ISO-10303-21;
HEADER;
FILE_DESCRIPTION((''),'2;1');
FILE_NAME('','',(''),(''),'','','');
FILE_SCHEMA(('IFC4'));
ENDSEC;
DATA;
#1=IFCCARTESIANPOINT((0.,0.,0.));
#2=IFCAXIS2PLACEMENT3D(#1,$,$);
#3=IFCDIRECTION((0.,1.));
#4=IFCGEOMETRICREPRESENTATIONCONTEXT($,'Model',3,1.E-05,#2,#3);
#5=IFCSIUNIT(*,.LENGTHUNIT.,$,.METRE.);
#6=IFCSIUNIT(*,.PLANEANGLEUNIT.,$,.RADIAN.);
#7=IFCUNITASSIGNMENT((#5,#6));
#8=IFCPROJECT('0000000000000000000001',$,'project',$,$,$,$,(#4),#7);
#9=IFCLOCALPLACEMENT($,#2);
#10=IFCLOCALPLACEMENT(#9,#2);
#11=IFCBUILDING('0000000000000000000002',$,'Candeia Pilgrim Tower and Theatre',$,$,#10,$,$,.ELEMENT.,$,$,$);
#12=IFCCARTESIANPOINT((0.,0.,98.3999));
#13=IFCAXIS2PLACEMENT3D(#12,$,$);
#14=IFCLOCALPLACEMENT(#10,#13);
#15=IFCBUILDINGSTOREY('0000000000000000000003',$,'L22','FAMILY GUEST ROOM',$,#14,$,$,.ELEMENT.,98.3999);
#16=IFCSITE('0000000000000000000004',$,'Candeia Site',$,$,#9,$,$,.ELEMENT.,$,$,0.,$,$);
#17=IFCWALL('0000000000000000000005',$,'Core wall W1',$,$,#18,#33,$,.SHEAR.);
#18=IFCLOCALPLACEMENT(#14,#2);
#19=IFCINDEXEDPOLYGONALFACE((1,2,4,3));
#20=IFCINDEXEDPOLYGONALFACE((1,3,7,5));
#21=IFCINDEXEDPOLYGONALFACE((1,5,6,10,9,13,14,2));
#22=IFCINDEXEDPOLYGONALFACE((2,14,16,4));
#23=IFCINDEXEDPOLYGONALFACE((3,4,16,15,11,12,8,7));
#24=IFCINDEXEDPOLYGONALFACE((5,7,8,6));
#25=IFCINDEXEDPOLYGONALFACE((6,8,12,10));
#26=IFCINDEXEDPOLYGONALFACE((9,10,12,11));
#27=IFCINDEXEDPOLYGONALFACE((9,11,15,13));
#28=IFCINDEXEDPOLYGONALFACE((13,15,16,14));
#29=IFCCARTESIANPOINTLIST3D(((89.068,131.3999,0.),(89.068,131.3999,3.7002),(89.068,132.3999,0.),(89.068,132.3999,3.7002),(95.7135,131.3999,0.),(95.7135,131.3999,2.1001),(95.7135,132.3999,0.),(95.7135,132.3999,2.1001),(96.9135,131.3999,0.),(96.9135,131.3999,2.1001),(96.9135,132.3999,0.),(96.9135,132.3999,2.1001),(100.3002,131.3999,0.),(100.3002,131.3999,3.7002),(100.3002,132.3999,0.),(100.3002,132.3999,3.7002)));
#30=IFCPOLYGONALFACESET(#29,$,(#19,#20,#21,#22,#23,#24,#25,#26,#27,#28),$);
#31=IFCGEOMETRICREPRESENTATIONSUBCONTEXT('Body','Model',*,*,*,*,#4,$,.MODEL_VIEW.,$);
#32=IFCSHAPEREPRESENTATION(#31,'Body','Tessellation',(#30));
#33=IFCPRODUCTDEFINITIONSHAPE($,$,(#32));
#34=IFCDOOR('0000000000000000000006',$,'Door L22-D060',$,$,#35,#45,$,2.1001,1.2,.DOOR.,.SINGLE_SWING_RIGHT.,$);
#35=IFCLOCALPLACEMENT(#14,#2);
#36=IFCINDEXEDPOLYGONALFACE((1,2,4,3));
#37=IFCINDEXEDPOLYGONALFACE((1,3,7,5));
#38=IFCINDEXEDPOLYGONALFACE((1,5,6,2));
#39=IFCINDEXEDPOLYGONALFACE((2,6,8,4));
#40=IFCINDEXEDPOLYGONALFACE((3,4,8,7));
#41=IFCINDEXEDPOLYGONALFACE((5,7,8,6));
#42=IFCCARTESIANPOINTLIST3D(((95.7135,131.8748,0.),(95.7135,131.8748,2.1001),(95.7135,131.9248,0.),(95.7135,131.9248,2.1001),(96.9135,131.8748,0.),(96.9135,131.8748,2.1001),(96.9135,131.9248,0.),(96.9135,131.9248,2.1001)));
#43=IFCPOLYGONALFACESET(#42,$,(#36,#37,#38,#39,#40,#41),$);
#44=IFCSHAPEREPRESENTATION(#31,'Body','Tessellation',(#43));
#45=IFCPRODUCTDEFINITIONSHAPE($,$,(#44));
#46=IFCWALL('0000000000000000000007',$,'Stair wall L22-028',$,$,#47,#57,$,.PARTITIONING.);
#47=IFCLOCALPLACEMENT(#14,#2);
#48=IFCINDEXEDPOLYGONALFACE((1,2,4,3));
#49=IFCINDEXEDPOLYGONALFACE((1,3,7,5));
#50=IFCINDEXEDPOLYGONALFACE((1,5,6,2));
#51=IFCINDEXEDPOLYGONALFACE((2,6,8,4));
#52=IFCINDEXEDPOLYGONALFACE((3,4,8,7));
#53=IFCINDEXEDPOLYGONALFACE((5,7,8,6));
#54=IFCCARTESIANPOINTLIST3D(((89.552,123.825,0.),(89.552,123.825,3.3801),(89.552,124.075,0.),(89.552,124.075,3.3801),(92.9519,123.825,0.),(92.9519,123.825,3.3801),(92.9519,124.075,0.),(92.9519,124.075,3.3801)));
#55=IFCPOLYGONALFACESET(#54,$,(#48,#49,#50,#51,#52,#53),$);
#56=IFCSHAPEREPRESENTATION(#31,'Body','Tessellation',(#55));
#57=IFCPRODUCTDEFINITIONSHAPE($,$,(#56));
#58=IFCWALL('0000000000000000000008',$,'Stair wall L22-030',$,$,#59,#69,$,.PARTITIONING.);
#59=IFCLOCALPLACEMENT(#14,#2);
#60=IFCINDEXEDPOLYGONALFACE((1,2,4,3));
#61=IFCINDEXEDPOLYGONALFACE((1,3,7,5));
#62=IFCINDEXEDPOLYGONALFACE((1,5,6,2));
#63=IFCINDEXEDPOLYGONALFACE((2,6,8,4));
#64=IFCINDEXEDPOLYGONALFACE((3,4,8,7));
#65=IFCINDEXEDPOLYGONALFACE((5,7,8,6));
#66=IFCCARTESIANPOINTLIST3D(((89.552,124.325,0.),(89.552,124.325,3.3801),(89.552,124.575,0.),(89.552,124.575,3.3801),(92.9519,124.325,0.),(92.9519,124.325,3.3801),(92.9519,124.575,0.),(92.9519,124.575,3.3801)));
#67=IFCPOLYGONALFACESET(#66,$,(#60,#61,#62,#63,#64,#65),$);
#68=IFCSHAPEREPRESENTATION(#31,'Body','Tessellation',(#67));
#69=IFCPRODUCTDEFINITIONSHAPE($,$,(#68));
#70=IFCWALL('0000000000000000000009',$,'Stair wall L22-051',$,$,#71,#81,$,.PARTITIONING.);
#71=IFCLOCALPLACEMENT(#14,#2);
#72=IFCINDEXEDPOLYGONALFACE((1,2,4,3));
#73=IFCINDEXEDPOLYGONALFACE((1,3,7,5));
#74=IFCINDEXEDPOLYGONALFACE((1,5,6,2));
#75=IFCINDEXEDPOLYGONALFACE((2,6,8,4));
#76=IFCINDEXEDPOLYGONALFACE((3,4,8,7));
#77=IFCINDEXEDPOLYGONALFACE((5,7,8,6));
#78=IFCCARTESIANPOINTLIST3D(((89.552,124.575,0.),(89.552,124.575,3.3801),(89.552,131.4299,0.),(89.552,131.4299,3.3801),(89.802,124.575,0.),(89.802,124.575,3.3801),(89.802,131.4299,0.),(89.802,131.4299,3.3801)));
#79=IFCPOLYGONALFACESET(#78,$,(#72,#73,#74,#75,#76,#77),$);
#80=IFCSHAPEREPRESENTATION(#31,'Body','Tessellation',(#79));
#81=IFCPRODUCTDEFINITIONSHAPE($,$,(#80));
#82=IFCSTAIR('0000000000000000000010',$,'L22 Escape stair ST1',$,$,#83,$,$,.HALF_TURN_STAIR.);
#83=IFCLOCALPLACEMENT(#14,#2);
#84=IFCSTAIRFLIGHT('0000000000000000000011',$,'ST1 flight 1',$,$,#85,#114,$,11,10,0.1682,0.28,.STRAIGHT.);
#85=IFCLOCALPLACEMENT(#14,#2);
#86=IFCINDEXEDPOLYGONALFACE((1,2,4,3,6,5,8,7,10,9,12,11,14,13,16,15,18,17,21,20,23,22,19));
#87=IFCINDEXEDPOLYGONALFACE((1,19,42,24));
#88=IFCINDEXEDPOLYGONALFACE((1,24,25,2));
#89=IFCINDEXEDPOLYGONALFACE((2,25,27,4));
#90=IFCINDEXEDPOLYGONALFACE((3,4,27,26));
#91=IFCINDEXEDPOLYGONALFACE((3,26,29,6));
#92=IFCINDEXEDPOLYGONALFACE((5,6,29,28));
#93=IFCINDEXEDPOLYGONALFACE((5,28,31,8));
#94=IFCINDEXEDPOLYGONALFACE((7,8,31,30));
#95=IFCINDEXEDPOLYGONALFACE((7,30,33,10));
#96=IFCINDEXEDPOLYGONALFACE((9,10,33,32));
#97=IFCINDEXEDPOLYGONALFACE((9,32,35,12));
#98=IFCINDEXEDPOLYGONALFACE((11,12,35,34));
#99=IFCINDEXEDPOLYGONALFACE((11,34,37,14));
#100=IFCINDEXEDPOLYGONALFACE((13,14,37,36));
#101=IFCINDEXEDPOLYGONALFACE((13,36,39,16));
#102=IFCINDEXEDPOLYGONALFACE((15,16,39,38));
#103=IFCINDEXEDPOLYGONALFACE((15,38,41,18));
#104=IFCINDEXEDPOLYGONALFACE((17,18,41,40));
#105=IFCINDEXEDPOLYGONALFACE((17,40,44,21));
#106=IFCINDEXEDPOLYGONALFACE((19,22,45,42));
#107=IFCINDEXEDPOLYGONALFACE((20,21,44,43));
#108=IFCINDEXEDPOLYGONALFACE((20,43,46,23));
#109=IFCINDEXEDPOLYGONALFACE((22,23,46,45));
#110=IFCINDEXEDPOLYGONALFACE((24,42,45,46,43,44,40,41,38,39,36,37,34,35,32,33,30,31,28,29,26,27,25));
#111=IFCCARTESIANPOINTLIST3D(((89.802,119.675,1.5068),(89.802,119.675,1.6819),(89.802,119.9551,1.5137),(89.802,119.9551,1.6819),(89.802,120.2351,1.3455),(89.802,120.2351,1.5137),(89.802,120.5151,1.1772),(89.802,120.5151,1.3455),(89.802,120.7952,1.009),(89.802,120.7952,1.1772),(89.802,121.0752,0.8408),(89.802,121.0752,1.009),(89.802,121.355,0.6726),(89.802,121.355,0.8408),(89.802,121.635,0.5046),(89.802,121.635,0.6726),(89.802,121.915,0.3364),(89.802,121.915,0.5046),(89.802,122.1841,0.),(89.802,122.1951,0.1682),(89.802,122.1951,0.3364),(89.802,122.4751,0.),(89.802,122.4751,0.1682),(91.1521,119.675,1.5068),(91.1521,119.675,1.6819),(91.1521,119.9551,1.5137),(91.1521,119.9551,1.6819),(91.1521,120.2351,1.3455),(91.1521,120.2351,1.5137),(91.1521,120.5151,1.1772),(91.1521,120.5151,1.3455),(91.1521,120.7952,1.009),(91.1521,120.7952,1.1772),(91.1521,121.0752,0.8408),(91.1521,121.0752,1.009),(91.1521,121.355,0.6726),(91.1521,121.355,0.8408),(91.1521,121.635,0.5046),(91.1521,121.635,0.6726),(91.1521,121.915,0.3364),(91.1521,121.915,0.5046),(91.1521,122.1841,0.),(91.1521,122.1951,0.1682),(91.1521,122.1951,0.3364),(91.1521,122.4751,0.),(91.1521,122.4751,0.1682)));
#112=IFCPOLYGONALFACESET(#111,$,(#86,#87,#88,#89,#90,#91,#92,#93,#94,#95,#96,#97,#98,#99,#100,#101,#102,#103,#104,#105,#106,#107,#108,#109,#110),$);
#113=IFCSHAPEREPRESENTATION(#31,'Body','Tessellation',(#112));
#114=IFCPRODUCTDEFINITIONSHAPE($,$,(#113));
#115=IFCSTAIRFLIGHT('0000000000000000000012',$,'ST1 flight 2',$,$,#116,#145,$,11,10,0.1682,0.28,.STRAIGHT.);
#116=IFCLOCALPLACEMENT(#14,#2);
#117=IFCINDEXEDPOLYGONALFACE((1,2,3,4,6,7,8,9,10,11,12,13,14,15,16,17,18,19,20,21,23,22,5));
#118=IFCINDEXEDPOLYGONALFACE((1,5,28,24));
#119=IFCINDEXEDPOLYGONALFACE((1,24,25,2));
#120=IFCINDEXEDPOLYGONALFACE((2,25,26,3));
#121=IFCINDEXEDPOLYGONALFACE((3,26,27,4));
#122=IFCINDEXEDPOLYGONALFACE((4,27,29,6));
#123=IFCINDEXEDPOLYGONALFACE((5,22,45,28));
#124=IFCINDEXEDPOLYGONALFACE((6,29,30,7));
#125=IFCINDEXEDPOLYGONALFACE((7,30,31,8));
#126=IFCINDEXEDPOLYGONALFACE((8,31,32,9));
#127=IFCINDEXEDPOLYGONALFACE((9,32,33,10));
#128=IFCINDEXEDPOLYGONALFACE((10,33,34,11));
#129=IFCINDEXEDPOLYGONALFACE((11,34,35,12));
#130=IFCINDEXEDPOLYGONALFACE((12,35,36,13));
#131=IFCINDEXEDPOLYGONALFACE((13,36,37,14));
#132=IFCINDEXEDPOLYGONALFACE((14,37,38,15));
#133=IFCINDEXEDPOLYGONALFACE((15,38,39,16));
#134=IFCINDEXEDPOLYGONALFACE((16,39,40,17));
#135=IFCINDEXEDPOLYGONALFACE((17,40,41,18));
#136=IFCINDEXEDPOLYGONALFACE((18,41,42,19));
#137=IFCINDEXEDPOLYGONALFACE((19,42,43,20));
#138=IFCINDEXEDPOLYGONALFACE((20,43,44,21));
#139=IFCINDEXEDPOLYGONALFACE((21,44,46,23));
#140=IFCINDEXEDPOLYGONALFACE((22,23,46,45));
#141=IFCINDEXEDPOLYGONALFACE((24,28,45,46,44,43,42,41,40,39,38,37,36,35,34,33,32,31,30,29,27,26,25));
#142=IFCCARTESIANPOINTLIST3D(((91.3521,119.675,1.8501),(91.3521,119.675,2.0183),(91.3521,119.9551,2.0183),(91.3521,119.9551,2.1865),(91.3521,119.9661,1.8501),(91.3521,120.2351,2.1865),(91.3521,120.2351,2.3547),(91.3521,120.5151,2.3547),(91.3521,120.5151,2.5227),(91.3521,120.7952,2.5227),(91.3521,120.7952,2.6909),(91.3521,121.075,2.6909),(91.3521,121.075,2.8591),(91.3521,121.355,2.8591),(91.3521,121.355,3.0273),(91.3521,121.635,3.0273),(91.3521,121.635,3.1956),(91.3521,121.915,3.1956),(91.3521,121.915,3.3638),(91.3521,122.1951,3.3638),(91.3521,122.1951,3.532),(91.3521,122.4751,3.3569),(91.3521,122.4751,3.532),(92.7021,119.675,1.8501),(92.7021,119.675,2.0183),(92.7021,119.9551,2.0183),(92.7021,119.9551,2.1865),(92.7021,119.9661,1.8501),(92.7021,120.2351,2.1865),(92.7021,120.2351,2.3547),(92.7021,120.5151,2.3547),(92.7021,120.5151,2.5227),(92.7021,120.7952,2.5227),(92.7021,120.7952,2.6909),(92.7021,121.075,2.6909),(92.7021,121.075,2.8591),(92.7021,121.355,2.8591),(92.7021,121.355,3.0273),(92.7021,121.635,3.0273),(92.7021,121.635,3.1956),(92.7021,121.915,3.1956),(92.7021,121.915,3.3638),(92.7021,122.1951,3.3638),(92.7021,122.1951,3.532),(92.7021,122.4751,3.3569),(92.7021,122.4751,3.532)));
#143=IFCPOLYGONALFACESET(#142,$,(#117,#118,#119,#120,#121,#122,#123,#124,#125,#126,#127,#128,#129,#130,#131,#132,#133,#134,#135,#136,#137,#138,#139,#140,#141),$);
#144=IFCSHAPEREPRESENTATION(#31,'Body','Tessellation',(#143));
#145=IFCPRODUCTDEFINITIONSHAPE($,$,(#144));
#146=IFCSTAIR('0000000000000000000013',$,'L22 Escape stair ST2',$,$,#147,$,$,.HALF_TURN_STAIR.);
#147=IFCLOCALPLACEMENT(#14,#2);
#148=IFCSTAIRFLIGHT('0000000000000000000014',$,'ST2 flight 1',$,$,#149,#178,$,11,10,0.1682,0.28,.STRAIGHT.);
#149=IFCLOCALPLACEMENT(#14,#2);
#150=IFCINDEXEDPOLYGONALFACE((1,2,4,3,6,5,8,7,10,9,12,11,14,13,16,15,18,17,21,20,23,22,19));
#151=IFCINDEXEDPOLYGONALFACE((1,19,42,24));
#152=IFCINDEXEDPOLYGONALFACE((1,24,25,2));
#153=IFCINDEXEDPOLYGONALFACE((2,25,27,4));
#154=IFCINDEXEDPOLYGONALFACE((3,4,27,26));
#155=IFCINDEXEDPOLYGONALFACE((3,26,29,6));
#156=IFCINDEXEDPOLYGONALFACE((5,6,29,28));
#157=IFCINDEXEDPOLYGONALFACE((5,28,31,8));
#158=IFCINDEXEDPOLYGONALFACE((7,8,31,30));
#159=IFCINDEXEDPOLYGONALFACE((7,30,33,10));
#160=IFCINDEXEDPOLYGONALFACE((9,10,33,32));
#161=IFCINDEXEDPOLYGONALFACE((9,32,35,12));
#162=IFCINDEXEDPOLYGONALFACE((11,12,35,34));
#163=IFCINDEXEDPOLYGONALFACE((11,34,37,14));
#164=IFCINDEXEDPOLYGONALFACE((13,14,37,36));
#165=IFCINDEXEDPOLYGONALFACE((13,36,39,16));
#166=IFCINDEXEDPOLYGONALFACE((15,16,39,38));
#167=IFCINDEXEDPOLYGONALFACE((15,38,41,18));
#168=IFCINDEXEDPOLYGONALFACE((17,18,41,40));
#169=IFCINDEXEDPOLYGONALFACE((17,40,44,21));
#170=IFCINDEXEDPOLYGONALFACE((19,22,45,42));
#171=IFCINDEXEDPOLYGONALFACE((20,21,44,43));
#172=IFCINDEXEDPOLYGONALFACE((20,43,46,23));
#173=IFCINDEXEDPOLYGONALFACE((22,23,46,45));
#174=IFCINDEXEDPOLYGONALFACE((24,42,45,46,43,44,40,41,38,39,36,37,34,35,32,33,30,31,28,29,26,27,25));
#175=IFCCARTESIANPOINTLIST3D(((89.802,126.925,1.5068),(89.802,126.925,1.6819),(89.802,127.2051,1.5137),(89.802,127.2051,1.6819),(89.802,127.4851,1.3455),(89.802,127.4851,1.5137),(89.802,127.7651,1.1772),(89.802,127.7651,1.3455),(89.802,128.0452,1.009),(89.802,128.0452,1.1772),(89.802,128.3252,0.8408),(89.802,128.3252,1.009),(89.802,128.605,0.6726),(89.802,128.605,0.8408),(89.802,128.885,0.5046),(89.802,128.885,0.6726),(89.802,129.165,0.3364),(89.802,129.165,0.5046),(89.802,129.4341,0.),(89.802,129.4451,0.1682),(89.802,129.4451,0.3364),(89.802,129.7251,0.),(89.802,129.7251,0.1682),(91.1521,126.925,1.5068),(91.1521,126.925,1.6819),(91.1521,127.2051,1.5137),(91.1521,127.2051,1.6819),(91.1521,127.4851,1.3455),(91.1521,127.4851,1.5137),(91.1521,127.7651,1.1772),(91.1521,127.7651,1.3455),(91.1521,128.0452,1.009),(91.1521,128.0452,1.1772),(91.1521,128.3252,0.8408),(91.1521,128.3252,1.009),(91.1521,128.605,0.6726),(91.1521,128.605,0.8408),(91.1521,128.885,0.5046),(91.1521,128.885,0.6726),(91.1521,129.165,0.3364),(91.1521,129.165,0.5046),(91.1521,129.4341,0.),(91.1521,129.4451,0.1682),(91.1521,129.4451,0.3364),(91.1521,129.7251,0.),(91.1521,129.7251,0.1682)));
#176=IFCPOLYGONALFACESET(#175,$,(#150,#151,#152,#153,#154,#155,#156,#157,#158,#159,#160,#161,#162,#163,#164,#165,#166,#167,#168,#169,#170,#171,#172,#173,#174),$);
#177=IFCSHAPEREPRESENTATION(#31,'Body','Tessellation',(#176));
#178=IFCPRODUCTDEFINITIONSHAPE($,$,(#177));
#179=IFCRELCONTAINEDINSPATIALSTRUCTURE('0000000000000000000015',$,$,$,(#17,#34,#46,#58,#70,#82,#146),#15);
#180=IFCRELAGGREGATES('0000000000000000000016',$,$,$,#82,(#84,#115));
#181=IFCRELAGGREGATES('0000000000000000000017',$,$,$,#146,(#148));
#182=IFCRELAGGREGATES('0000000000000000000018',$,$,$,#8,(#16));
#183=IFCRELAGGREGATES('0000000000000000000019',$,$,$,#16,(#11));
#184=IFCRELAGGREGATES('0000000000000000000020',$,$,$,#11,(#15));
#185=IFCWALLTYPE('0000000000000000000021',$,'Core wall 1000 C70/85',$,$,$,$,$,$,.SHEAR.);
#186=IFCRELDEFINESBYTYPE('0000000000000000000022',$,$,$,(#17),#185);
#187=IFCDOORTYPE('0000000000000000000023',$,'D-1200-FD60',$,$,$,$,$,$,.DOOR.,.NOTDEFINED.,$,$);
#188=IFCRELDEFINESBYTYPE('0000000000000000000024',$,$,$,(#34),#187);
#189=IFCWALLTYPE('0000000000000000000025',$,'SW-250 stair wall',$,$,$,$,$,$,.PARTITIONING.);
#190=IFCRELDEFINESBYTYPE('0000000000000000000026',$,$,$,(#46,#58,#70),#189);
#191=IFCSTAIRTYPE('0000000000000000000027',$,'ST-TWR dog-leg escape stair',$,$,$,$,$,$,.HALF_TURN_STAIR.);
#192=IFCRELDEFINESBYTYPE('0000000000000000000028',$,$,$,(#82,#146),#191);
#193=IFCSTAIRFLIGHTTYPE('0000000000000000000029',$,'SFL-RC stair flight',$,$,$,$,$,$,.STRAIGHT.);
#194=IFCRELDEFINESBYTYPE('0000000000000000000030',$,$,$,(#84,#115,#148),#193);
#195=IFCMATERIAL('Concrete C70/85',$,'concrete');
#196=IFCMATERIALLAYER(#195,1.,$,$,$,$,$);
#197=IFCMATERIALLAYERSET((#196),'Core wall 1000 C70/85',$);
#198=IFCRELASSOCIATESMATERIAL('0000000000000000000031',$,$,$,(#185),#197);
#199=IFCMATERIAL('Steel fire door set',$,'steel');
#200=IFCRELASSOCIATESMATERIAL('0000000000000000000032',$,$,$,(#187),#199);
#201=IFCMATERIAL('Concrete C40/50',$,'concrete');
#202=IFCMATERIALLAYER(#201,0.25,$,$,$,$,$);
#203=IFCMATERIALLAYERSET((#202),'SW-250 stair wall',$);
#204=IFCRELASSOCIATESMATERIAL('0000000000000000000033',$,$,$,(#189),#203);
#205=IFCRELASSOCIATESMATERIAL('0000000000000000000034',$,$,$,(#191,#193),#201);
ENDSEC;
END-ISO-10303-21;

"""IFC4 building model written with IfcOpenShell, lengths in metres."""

from ifc_helpers import new_model, si_unit, direction, frame, frame_2d, origin, place, context, subcontext, project, spatial, polyline, rectangle, outline, extrude, material, layer, layer_set, type_object, element, fill, aggregate, save


model = new_model("IFC4")

# Units and contexts
model_context = context("Model", 3, precision=1e-05, world=origin(), true_north=direction((0.0, 1.0)))
body_context = subcontext(model_context, "Body", "Model", "MODEL_VIEW")
ifc_project = project(units=[si_unit("LENGTHUNIT", "METRE"), si_unit("PLANEANGLEUNIT", "RADIAN")], contexts=[model_context])

# Site, building, storey
site_placement = place(None, origin())
site = spatial("IfcSite", under=ifc_project, at=site_placement, Name="Candeia Site", CompositionType="ELEMENT", RefElevation=0.0)
building_placement = place(site_placement, origin())
building = spatial("IfcBuilding", under=site, at=building_placement, Name="Candeia Pilgrim Tower and Theatre", CompositionType="ELEMENT")
storey_placement = place(building_placement, frame((0.0, 0.0, 98.3999)))
storey = spatial("IfcBuildingStorey", under=building, at=storey_placement, Name="L22", Description="FAMILY GUEST ROOM", CompositionType="ELEMENT", Elevation=98.3999)

# Wall, opening, door
ifc_material_1 = material(Name="Concrete C70/85", Category="concrete")
ifc_layer_1 = layer(ifc_material_1, 1.0)
ifc_layer_set_1 = layer_set([ifc_layer_1], Name="Core wall 1000 C70/85")
wall_type_1 = type_object("IfcWallType", Name="Core wall 1000 C70/85", PredefinedType="SHEAR", material=ifc_layer_set_1)
wall_1_placement = place(storey_placement, frame((89.0679, 131.8999, 0.0), z_axis=(0.0, 0.0, 1.0), x_axis=(1.0, 0.0, 0.0)))
wall_1 = element("IfcWall", 1, at=wall_1_placement, inside=storey, type_object=wall_type_1, Name="Core wall W1", PredefinedType="SHEAR", context=body_context, shape_type="SweptSolid", body=[
    extrude(rectangle(XDim=11.2322, YDim=1.0, at=frame_2d((5.6162, 0.0))), origin(), (0.0, 0.0, 1.0), 3.7002),
])
opening_placement = place(wall_1_placement, frame((6.6455, 0.0, 0.0)))
opening = element("IfcOpeningElement", 2, at=opening_placement, cuts=wall_1, PredefinedType="OPENING", context=body_context, shape_type="SweptSolid", body=[
    extrude(rectangle(XDim=1.2, YDim=2.1001, at=frame_2d((0.6001, 1.05))), frame((0.0, 0.51, 0.0), z_axis=(0.0, -1.0, 0.0), x_axis=(1.0, 0.0, 0.0)), (0.0, 0.0, 1.0), 1.02),
])
ifc_material_2 = material(Name="Steel fire door set", Category="steel")
door_type = type_object("IfcDoorType", Name="D-1200-FD60", OperationType="NOTDEFINED", PredefinedType="DOOR", material=ifc_material_2)
door_placement = place(opening_placement, origin())
door = element("IfcDoor", 3, at=door_placement, inside=storey, type_object=door_type, Name="Door L22-D060", OperationType="SINGLE_SWING_RIGHT", OverallHeight=2.1001, OverallWidth=1.2, PredefinedType="DOOR", context=body_context, shape_type="SweptSolid", body=[
    extrude(rectangle(XDim=1.2, YDim=2.1001, at=frame_2d((0.6001, 1.05))), frame((0.0, 0.0249, 0.0), z_axis=(0.0, -1.0, 0.0), x_axis=(1.0, 0.0, 0.0)), (0.0, 0.0, 1.0), 0.05),
])
fill(opening, door)

# Walls
ifc_material_3 = material(Name="Concrete C40/50", Category="concrete")
ifc_layer_2 = layer(ifc_material_3, 0.25)
ifc_layer_set_2 = layer_set([ifc_layer_2], Name="SW-250 stair wall")
wall_type_2 = type_object("IfcWallType", Name="SW-250 stair wall", PredefinedType="PARTITIONING", material=ifc_layer_set_2)
for number, where, z_axis, x_axis, name in (
    (4, (89.552, 123.95, 0.0), (0.0, 0.0, 1.0), (1.0, 0.0, 0.0), "Stair wall L22-028"),
    (5, (89.552, 124.45, 0.0), (0.0, 0.0, 1.0), (1.0, 0.0, 0.0), "Stair wall L22-030"),
):
    element("IfcWall", number, at=place(storey_placement, frame(where, z_axis=z_axis, x_axis=x_axis)), inside=storey, type_object=wall_type_2, Name=name, PredefinedType="PARTITIONING", context=body_context, shape_type="SweptSolid", body=[
        extrude(rectangle(XDim=3.3999, YDim=0.25, at=frame_2d((1.7, 0.0))), origin(), (0.0, 0.0, 1.0), 3.3801),
    ])
wall_2_placement = place(storey_placement, frame((89.677, 124.575, 0.0), z_axis=(0.0, 0.0, 1.0), x_axis=(0.0, 1.0, 0.0)))
element("IfcWall", 6, at=wall_2_placement, inside=storey, type_object=wall_type_2, Name="Stair wall L22-051", PredefinedType="PARTITIONING", context=body_context, shape_type="SweptSolid", body=[
    extrude(rectangle(XDim=6.855, YDim=0.25, at=frame_2d((3.4275, 0.0))), origin(), (0.0, 0.0, 1.0), 3.3801),
])

# Stairs, stair flights
stair_type = type_object("IfcStairType", Name="ST-TWR dog-leg escape stair", PredefinedType="HALF_TURN_STAIR", material=ifc_material_3)
stair_1_placement = place(storey_placement, origin())
stair_1 = element("IfcStair", 7, at=stair_1_placement, inside=storey, type_object=stair_type, Name="L22 Escape stair ST1", PredefinedType="HALF_TURN_STAIR")
stair_flight_type = type_object("IfcStairFlightType", Name="SFL-RC stair flight", PredefinedType="STRAIGHT", material=ifc_material_3)
stair_flight_1_placement = place(storey_placement, frame((90.4771, 122.4751, 0.0), z_axis=(0.0, 0.0, 1.0), x_axis=(0.0, -1.0, 0.0)))
stair_flight_1 = element("IfcStairFlight", 8, at=stair_flight_1_placement, type_object=stair_flight_type, Name="ST1 flight 1", NumberOfRisers=11, NumberOfTreads=10, PredefinedType="STRAIGHT", RiserHeight=0.1682, TreadLength=0.28, context=body_context, shape_type="SweptSolid", body=[
    extrude(outline(polyline([(0.0, 0.0), (0.0, 0.1682), (0.28, 0.1682), (0.28, 0.3364), (0.5601, 0.3364), (0.5601, 0.5046), (0.8401, 0.5046), (0.8401, 0.6726), (1.1201, 0.6726), (1.1201, 0.8408), (1.3999, 0.8408), (1.3999, 1.009), (1.6799, 1.009), (1.6799, 1.1772), (1.96, 1.1772), (1.96, 1.3455), (2.24, 1.3455), (2.24, 1.5137), (2.52, 1.5137), (2.52, 1.6819), (2.8, 1.6819), (2.8, 1.8501), (2.8, 1.5068), (0.291, 0.0), (0.0, 0.0)])), frame((0.0, 0.675, 0.0), z_axis=(0.0, -1.0, 0.0), x_axis=(1.0, 0.0, 0.0)), (0.0, 0.0, 1.0), 1.3501),
])
stair_flight_2_placement = place(storey_placement, frame((92.0271, 119.675, 1.8501), z_axis=(0.0, 0.0, 1.0), x_axis=(0.0, 1.0, 0.0)))
stair_flight_2 = element("IfcStairFlight", 9, at=stair_flight_2_placement, type_object=stair_flight_type, Name="ST1 flight 2", NumberOfRisers=11, NumberOfTreads=10, PredefinedType="STRAIGHT", RiserHeight=0.1682, TreadLength=0.28, context=body_context, shape_type="SweptSolid", body=[
    extrude(outline(polyline([(0.0, 0.0), (0.0, 0.1682), (0.28, 0.1682), (0.28, 0.3364), (0.5601, 0.3364), (0.5601, 0.5046), (0.8401, 0.5046), (0.8401, 0.6726), (1.1201, 0.6726), (1.1201, 0.8408), (1.3999, 0.8408), (1.3999, 1.009), (1.6799, 1.009), (1.6799, 1.1772), (1.96, 1.1772), (1.96, 1.3455), (2.24, 1.3455), (2.24, 1.5137), (2.52, 1.5137), (2.52, 1.6819), (2.8, 1.6819), (2.8, 1.8501), (2.8, 1.5068), (0.291, 0.0), (0.0, 0.0)])), frame((0.0, 0.675, 0.0), z_axis=(0.0, -1.0, 0.0), x_axis=(1.0, 0.0, 0.0)), (0.0, 0.0, 1.0), 1.3501),
])
aggregate(stair_1, [stair_flight_1, stair_flight_2])
stair_2_placement = place(storey_placement, origin())
stair_2 = element("IfcStair", 10, at=stair_2_placement, inside=storey, type_object=stair_type, Name="L22 Escape stair ST2", PredefinedType="HALF_TURN_STAIR")
stair_flight_3_placement = place(storey_placement, frame((90.4771, 129.7251, 0.0), z_axis=(0.0, 0.0, 1.0), x_axis=(0.0, -1.0, 0.0)))
stair_flight_3 = element("IfcStairFlight", 11, at=stair_flight_3_placement, type_object=stair_flight_type, Name="ST2 flight 1", NumberOfRisers=11, NumberOfTreads=10, PredefinedType="STRAIGHT", RiserHeight=0.1682, TreadLength=0.28, context=body_context, shape_type="SweptSolid", body=[
    extrude(outline(polyline([(0.0, 0.0), (0.0, 0.1682), (0.28, 0.1682), (0.28, 0.3364), (0.5601, 0.3364), (0.5601, 0.5046), (0.8401, 0.5046), (0.8401, 0.6726), (1.1201, 0.6726), (1.1201, 0.8408), (1.3999, 0.8408), (1.3999, 1.009), (1.6799, 1.009), (1.6799, 1.1772), (1.96, 1.1772), (1.96, 1.3455), (2.24, 1.3455), (2.24, 1.5137), (2.52, 1.5137), (2.52, 1.6819), (2.8, 1.6819), (2.8, 1.8501), (2.8, 1.5068), (0.291, 0.0), (0.0, 0.0)])), frame((0.0, 0.675, 0.0), z_axis=(0.0, -1.0, 0.0), x_axis=(1.0, 0.0, 0.0)), (0.0, 0.0, 1.0), 1.3501),
])
aggregate(stair_2, [stair_flight_3])

save(model, "model.ifc")
